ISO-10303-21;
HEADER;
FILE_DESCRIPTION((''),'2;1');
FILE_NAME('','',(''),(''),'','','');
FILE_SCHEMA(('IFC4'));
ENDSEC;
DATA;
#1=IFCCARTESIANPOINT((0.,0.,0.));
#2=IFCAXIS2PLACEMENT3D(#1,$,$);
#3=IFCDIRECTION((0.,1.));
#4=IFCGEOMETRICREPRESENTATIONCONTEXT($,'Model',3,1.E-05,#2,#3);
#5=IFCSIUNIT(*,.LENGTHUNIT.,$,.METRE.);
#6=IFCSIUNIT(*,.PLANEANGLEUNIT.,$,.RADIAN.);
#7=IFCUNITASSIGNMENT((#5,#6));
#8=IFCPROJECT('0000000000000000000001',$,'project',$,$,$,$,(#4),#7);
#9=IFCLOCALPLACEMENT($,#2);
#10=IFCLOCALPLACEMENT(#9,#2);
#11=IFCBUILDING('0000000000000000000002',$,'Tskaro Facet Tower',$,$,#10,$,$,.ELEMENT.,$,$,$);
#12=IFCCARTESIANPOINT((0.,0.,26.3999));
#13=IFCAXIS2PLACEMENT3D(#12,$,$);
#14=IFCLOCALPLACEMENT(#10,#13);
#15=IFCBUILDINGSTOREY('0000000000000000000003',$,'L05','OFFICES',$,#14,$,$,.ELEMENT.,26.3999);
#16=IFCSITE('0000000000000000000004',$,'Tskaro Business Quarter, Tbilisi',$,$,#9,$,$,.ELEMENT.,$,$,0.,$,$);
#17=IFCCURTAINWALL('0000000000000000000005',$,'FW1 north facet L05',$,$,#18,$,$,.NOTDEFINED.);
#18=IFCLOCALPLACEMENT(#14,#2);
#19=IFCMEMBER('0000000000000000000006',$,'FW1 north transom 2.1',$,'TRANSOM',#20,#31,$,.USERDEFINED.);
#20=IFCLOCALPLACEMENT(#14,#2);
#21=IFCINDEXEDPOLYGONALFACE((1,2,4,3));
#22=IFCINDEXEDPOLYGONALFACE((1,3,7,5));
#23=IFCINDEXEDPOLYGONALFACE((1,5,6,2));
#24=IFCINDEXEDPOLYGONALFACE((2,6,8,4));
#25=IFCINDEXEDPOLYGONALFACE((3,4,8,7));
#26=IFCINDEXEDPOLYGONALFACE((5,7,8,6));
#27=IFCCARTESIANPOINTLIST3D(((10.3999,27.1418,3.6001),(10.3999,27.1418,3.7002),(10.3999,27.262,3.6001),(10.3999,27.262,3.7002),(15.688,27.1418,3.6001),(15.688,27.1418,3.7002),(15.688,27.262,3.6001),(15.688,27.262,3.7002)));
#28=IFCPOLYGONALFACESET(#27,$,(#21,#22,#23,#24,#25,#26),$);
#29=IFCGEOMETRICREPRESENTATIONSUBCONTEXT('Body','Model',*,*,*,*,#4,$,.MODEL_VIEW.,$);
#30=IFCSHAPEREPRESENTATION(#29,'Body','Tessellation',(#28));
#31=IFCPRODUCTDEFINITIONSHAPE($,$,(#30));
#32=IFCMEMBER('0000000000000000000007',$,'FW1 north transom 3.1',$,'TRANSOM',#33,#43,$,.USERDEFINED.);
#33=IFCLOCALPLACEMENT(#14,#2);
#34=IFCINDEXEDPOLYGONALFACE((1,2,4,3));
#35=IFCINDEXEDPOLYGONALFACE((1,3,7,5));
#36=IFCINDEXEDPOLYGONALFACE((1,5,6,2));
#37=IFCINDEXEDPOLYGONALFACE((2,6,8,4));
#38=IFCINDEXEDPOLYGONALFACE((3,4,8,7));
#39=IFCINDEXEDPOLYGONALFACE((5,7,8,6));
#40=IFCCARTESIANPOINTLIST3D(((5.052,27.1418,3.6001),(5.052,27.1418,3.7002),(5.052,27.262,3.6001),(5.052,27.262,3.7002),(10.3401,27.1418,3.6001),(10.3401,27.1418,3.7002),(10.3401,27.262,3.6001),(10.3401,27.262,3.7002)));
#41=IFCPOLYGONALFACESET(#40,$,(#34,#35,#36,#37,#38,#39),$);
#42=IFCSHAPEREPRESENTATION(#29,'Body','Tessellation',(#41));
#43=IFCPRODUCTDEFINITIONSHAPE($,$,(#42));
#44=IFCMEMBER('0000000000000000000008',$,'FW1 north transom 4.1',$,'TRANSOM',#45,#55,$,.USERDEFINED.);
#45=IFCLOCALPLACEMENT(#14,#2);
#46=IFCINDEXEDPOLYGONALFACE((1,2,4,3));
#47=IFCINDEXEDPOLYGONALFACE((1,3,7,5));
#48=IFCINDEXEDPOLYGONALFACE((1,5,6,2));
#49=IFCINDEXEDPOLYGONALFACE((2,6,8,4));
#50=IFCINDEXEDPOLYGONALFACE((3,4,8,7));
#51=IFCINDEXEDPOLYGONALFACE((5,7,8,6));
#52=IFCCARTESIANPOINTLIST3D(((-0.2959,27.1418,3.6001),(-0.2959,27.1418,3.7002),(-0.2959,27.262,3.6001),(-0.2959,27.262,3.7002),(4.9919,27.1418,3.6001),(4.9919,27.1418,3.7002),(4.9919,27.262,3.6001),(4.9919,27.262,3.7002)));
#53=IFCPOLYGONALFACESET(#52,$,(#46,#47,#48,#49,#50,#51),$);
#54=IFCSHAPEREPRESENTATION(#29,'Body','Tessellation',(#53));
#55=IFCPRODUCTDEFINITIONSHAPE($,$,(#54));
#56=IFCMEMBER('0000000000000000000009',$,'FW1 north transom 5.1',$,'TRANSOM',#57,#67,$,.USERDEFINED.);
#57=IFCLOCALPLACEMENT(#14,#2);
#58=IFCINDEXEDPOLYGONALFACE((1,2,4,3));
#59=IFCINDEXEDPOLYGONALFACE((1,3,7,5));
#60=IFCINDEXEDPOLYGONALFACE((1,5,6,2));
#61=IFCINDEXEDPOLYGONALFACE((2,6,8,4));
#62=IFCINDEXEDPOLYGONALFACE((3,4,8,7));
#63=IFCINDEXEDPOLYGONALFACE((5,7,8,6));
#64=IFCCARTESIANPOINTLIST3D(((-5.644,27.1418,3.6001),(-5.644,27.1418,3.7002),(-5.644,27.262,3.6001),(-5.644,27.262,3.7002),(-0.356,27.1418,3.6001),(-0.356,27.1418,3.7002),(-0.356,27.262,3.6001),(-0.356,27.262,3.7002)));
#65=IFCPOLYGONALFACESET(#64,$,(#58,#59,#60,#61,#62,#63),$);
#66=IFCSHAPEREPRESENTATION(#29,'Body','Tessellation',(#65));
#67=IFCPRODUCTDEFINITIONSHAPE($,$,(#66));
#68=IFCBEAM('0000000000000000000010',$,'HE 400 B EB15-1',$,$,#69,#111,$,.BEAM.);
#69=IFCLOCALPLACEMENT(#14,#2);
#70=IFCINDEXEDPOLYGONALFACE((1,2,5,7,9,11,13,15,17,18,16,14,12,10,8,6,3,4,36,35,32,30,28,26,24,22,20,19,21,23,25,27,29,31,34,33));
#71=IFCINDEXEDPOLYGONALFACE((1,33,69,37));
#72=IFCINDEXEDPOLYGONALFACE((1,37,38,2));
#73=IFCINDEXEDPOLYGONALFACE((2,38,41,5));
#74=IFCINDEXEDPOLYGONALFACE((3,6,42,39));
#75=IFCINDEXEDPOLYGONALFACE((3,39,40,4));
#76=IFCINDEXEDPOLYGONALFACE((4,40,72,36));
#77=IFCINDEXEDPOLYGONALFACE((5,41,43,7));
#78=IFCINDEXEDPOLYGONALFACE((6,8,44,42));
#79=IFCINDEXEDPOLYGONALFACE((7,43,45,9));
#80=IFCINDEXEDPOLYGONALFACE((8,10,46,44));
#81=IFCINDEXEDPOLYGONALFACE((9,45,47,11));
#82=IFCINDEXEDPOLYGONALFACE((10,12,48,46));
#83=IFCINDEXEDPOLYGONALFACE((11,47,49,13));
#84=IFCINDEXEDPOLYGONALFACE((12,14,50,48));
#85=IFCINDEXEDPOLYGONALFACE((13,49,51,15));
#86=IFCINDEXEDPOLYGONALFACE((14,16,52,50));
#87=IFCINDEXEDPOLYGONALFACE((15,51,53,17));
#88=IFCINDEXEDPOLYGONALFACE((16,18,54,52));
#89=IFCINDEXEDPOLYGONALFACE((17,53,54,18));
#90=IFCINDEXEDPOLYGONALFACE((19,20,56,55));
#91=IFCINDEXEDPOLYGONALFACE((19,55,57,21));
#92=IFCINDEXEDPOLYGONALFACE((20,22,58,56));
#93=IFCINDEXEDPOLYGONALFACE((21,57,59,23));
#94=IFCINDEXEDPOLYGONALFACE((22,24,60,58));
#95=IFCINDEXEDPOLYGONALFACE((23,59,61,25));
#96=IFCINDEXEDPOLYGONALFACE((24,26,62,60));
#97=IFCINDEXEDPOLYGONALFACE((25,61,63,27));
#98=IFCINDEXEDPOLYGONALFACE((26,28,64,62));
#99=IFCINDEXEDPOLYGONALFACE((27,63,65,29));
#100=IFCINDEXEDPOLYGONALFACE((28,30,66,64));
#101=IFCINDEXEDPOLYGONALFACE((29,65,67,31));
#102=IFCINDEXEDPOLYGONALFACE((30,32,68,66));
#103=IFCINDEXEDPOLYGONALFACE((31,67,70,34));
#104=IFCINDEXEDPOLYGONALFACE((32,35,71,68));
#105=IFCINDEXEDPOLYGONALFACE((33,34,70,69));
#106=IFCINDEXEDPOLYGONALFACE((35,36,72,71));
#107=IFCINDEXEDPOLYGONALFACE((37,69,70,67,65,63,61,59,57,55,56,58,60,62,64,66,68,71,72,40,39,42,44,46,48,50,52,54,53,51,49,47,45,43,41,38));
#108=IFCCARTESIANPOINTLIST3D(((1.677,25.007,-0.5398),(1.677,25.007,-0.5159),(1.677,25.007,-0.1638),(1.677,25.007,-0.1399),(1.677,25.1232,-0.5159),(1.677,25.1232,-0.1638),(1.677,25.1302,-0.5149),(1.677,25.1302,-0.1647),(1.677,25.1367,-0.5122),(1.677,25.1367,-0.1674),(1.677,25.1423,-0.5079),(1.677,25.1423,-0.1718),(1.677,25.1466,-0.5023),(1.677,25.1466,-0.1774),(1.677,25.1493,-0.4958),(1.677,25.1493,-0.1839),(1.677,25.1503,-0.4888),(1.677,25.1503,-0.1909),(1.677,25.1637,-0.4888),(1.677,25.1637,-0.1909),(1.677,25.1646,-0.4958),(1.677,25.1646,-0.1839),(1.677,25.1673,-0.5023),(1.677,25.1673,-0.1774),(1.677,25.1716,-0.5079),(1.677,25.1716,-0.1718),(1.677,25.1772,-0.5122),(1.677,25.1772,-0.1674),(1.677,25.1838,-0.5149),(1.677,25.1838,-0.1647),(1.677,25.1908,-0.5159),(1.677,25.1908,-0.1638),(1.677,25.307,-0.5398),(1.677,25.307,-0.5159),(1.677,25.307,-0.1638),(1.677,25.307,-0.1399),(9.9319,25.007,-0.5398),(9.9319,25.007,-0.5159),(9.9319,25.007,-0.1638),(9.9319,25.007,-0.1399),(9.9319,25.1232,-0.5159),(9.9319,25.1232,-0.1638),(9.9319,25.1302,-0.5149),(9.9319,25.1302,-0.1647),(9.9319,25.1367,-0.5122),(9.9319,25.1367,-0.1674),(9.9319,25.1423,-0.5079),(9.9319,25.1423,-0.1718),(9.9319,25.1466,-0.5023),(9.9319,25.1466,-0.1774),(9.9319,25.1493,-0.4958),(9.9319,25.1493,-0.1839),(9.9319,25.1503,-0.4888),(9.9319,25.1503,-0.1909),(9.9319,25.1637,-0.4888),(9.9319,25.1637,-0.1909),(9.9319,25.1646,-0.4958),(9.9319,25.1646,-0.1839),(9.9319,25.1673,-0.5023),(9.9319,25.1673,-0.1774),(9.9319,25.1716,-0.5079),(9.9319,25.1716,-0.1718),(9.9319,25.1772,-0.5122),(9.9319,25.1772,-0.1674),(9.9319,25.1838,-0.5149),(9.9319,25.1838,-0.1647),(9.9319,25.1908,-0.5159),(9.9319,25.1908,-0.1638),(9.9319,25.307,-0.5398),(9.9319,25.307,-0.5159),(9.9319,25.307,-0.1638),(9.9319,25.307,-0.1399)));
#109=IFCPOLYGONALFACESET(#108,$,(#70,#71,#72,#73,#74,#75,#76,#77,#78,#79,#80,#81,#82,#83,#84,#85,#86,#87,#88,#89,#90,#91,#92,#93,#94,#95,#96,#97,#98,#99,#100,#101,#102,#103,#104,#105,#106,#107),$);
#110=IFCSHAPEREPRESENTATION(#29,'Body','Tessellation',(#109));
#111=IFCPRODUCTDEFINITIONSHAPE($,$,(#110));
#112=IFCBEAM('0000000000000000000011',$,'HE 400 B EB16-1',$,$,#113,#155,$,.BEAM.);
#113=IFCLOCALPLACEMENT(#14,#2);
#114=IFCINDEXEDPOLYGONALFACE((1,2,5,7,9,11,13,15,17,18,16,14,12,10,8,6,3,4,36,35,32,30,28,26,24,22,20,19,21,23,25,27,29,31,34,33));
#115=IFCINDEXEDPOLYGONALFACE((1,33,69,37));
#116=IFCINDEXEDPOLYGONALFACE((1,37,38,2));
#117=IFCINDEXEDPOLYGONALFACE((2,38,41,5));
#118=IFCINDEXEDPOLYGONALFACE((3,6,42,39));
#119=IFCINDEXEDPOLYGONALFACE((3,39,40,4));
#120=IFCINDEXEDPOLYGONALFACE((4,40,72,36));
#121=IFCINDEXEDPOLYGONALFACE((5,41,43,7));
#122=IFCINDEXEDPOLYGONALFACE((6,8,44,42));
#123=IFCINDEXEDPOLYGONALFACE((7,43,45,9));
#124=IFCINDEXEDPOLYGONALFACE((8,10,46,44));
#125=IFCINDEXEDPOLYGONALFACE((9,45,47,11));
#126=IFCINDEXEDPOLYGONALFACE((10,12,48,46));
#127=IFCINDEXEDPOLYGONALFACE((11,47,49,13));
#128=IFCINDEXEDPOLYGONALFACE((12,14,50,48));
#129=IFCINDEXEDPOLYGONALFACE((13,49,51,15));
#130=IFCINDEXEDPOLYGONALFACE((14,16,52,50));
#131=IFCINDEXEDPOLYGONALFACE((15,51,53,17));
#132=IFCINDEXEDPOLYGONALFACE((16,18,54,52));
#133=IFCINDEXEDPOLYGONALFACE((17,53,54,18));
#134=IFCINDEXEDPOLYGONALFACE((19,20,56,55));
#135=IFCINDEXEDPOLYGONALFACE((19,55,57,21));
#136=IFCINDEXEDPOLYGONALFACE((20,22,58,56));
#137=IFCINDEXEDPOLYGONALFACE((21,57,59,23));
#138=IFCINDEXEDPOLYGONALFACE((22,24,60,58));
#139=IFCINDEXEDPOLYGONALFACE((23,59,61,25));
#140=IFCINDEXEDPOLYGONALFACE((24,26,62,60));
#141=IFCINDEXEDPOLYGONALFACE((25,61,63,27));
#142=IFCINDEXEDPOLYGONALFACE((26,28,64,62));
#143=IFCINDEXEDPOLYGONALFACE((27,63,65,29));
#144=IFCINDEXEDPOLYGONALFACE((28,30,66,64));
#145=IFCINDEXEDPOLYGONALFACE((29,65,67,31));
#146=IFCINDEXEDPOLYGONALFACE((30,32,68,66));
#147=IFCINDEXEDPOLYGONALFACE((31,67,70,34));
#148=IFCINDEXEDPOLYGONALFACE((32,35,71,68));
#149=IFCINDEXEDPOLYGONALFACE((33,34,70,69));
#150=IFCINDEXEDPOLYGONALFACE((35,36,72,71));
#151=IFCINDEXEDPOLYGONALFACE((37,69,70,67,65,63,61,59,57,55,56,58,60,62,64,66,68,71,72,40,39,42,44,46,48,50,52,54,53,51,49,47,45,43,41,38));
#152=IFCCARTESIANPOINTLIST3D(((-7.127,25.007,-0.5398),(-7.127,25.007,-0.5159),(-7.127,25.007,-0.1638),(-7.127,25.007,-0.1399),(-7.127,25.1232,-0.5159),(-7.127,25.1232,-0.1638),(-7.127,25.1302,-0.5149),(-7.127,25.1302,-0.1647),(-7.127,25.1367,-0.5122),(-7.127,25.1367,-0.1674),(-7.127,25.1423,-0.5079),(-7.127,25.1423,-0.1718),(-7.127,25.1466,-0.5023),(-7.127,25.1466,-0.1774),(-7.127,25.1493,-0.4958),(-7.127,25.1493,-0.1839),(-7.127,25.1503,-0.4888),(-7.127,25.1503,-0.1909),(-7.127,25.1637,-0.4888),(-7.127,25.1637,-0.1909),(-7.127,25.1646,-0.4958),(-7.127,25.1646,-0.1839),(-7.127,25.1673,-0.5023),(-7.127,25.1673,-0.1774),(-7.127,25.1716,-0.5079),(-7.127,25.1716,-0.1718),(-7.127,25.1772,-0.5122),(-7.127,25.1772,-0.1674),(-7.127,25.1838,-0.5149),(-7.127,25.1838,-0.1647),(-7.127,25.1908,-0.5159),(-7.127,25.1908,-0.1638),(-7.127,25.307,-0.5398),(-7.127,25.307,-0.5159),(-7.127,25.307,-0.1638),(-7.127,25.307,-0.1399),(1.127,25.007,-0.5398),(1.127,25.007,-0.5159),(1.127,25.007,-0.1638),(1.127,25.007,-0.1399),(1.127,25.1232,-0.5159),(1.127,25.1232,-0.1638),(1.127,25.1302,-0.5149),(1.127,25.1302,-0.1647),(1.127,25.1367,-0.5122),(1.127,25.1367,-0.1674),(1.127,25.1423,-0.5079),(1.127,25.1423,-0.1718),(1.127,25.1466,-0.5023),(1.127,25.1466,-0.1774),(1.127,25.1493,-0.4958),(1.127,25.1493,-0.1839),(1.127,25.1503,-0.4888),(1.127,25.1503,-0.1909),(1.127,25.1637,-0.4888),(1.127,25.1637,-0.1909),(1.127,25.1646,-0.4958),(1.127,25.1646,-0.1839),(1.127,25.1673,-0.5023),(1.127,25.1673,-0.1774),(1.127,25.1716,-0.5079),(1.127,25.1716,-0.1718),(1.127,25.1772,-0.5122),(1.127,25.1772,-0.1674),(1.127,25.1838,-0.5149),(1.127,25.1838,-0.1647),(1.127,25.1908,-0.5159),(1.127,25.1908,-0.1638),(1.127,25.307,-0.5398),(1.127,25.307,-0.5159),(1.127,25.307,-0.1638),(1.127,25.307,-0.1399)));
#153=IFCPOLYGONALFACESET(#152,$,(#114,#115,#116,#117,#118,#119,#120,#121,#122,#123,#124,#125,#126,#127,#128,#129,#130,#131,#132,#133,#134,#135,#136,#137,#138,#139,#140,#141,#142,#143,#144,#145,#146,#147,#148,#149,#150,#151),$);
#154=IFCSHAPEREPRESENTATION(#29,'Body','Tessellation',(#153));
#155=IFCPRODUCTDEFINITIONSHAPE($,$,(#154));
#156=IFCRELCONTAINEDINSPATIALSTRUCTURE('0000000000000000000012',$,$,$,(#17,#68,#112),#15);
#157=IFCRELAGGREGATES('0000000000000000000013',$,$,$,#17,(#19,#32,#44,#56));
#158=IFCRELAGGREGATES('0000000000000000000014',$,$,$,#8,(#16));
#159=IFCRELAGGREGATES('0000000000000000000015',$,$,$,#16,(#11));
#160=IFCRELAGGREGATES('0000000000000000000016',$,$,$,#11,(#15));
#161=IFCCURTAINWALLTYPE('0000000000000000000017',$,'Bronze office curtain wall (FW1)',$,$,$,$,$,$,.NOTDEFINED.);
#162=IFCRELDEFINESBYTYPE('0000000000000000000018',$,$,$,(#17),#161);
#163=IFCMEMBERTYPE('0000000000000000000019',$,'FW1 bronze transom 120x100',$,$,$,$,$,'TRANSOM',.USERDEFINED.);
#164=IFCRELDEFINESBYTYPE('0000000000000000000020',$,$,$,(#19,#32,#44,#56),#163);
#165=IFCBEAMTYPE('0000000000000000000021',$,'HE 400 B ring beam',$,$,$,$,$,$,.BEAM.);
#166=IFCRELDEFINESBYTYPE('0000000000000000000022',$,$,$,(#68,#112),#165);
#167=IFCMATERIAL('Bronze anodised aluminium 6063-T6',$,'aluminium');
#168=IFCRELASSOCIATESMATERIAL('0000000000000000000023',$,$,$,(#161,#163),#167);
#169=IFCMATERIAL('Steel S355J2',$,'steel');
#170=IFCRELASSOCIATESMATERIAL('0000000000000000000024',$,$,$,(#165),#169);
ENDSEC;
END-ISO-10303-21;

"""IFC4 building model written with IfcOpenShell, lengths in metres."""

from ifc_helpers import new_model, si_unit, direction, frame, origin, origin_2d, place, context, subcontext, project, spatial, rectangle, i_section, extrude, material, material_profile, profile_set, type_object, element, aggregate, save


model = new_model("IFC4")

# Units and contexts
model_context = context("Model", 3, precision=1e-05, world=origin(), true_north=direction((0.0, 1.0)))
body_context = subcontext(model_context, "Body", "Model", "MODEL_VIEW")
ifc_project = project(units=[si_unit("LENGTHUNIT", "METRE"), si_unit("PLANEANGLEUNIT", "RADIAN")], contexts=[model_context])

# Site, building, storey
site_placement = place(None, origin())
site = spatial("IfcSite", under=ifc_project, at=site_placement, Name="Tskaro Business Quarter, Tbilisi", CompositionType="ELEMENT", RefElevation=0.0)
building_placement = place(site_placement, origin())
building = spatial("IfcBuilding", under=site, at=building_placement, Name="Tskaro Facet Tower", CompositionType="ELEMENT")
storey_placement = place(building_placement, frame((0.0, 0.0, 26.3999)))
storey = spatial("IfcBuildingStorey", under=building, at=storey_placement, Name="L05", Description="OFFICES", CompositionType="ELEMENT", Elevation=26.3999)

# Curtain wall, members
ifc_material_1 = material(Name="Bronze anodised aluminium 6063-T6", Category="aluminium")
curtain_wall_type = type_object("IfcCurtainWallType", Name="Bronze office curtain wall (FW1)", PredefinedType="NOTDEFINED", material=ifc_material_1)
curtain_wall_placement = place(storey_placement, origin())
curtain_wall = element("IfcCurtainWall", 1, at=curtain_wall_placement, inside=storey, type_object=curtain_wall_type, Name="FW1 north facet L05", PredefinedType="NOTDEFINED")
ifc_material_profile_1 = material_profile(ifc_material_1, rectangle(XDim=0.1201, YDim=0.1001, at=origin_2d()), Name="Transom 120x100")
ifc_profile_set_1 = profile_set([ifc_material_profile_1], Name="Bronze anodised aluminium 6063-T6")
member_type_1 = type_object("IfcMemberType", Name="FW1 bronze transom 120x100", ElementType="TRANSOM", PredefinedType="USERDEFINED", material=ifc_profile_set_1)
member_1_placement = place(storey_placement, frame((15.688, 27.2019, 3.6501), z_axis=(-1.0, 0.0, 0.0), x_axis=(0.0, -1.0, 0.0)))
member_1 = element("IfcMember", 2, at=member_1_placement, type_object=member_type_1, Name="FW1 north transom 2.1", ObjectType="TRANSOM", PredefinedType="USERDEFINED", context=body_context, shape_type="SweptSolid", body=[
    extrude(rectangle(XDim=0.1201, YDim=0.1001, at=origin_2d()), origin(), (0.0, 0.0, 1.0), 5.2881),
])
member_2_placement = place(storey_placement, frame((10.3401, 27.2019, 3.6501), z_axis=(-1.0, 0.0, 0.0), x_axis=(0.0, -1.0, 0.0)))
member_2 = element("IfcMember", 3, at=member_2_placement, type_object=member_type_1, Name="FW1 north transom 3.1", ObjectType="TRANSOM", PredefinedType="USERDEFINED", context=body_context, shape_type="SweptSolid", body=[
    extrude(rectangle(XDim=0.1201, YDim=0.1001, at=origin_2d()), origin(), (0.0, 0.0, 1.0), 5.2881),
])
member_3_placement = place(storey_placement, frame((4.9919, 27.2019, 3.6501), z_axis=(-1.0, 0.0, 0.0), x_axis=(0.0, -1.0, 0.0)))
member_3 = element("IfcMember", 4, at=member_3_placement, type_object=member_type_1, Name="FW1 north transom 4.1", ObjectType="TRANSOM", PredefinedType="USERDEFINED", context=body_context, shape_type="SweptSolid", body=[
    extrude(rectangle(XDim=0.1201, YDim=0.1001, at=origin_2d()), origin(), (0.0, 0.0, 1.0), 5.2878),
])
member_4_placement = place(storey_placement, frame((-0.356, 27.2019, 3.6501), z_axis=(-1.0, 0.0, 0.0), x_axis=(0.0, -1.0, 0.0)))
member_4 = element("IfcMember", 5, at=member_4_placement, type_object=member_type_1, Name="FW1 north transom 5.1", ObjectType="TRANSOM", PredefinedType="USERDEFINED", context=body_context, shape_type="SweptSolid", body=[
    extrude(rectangle(XDim=0.1201, YDim=0.1001, at=origin_2d()), origin(), (0.0, 0.0, 1.0), 5.2881),
])

# Beams
ifc_material_2 = material(Name="Steel S355J2", Category="steel")
ifc_material_profile_2 = material_profile(ifc_material_2, i_section(OverallWidth=0.3, OverallDepth=0.3999, WebThickness=0.0134, FlangeThickness=0.0239, FilletRadius=0.0271, at=origin_2d()), Name="HE 400 B")
ifc_profile_set_2 = profile_set([ifc_material_profile_2], Name="Steel S355J2")
beam_type_1 = type_object("IfcBeamType", Name="HE 400 B ring beam", PredefinedType="BEAM", material=ifc_profile_set_2)
beam_1_placement = place(storey_placement, frame((9.9319, 25.157, -0.3398), z_axis=(-1.0, 0.0, 0.0), x_axis=(0.0, -1.0, 0.0)))
element("IfcBeam", 6, at=beam_1_placement, inside=storey, type_object=beam_type_1, Name="HE 400 B EB15-1", PredefinedType="BEAM", context=body_context, shape_type="SweptSolid", body=[
    extrude(i_section(OverallWidth=0.3, OverallDepth=0.3999, WebThickness=0.0134, FlangeThickness=0.0239, FilletRadius=0.0271, at=origin_2d()), origin(), (0.0, 0.0, 1.0), 8.2549),
])
beam_2_placement = place(storey_placement, frame((1.127, 25.157, -0.3398), z_axis=(-1.0, 0.0, 0.0), x_axis=(0.0, -1.0, 0.0)))
element("IfcBeam", 7, at=beam_2_placement, inside=storey, type_object=beam_type_1, Name="HE 400 B EB16-1", PredefinedType="BEAM", context=body_context, shape_type="SweptSolid", body=[
    extrude(i_section(OverallWidth=0.3, OverallDepth=0.3999, WebThickness=0.0134, FlangeThickness=0.0239, FilletRadius=0.0271, at=origin_2d()), origin(), (0.0, 0.0, 1.0), 8.2539),
])

aggregate(curtain_wall, [member_1, member_2, member_3, member_4])

save(model, "model.ifc")
